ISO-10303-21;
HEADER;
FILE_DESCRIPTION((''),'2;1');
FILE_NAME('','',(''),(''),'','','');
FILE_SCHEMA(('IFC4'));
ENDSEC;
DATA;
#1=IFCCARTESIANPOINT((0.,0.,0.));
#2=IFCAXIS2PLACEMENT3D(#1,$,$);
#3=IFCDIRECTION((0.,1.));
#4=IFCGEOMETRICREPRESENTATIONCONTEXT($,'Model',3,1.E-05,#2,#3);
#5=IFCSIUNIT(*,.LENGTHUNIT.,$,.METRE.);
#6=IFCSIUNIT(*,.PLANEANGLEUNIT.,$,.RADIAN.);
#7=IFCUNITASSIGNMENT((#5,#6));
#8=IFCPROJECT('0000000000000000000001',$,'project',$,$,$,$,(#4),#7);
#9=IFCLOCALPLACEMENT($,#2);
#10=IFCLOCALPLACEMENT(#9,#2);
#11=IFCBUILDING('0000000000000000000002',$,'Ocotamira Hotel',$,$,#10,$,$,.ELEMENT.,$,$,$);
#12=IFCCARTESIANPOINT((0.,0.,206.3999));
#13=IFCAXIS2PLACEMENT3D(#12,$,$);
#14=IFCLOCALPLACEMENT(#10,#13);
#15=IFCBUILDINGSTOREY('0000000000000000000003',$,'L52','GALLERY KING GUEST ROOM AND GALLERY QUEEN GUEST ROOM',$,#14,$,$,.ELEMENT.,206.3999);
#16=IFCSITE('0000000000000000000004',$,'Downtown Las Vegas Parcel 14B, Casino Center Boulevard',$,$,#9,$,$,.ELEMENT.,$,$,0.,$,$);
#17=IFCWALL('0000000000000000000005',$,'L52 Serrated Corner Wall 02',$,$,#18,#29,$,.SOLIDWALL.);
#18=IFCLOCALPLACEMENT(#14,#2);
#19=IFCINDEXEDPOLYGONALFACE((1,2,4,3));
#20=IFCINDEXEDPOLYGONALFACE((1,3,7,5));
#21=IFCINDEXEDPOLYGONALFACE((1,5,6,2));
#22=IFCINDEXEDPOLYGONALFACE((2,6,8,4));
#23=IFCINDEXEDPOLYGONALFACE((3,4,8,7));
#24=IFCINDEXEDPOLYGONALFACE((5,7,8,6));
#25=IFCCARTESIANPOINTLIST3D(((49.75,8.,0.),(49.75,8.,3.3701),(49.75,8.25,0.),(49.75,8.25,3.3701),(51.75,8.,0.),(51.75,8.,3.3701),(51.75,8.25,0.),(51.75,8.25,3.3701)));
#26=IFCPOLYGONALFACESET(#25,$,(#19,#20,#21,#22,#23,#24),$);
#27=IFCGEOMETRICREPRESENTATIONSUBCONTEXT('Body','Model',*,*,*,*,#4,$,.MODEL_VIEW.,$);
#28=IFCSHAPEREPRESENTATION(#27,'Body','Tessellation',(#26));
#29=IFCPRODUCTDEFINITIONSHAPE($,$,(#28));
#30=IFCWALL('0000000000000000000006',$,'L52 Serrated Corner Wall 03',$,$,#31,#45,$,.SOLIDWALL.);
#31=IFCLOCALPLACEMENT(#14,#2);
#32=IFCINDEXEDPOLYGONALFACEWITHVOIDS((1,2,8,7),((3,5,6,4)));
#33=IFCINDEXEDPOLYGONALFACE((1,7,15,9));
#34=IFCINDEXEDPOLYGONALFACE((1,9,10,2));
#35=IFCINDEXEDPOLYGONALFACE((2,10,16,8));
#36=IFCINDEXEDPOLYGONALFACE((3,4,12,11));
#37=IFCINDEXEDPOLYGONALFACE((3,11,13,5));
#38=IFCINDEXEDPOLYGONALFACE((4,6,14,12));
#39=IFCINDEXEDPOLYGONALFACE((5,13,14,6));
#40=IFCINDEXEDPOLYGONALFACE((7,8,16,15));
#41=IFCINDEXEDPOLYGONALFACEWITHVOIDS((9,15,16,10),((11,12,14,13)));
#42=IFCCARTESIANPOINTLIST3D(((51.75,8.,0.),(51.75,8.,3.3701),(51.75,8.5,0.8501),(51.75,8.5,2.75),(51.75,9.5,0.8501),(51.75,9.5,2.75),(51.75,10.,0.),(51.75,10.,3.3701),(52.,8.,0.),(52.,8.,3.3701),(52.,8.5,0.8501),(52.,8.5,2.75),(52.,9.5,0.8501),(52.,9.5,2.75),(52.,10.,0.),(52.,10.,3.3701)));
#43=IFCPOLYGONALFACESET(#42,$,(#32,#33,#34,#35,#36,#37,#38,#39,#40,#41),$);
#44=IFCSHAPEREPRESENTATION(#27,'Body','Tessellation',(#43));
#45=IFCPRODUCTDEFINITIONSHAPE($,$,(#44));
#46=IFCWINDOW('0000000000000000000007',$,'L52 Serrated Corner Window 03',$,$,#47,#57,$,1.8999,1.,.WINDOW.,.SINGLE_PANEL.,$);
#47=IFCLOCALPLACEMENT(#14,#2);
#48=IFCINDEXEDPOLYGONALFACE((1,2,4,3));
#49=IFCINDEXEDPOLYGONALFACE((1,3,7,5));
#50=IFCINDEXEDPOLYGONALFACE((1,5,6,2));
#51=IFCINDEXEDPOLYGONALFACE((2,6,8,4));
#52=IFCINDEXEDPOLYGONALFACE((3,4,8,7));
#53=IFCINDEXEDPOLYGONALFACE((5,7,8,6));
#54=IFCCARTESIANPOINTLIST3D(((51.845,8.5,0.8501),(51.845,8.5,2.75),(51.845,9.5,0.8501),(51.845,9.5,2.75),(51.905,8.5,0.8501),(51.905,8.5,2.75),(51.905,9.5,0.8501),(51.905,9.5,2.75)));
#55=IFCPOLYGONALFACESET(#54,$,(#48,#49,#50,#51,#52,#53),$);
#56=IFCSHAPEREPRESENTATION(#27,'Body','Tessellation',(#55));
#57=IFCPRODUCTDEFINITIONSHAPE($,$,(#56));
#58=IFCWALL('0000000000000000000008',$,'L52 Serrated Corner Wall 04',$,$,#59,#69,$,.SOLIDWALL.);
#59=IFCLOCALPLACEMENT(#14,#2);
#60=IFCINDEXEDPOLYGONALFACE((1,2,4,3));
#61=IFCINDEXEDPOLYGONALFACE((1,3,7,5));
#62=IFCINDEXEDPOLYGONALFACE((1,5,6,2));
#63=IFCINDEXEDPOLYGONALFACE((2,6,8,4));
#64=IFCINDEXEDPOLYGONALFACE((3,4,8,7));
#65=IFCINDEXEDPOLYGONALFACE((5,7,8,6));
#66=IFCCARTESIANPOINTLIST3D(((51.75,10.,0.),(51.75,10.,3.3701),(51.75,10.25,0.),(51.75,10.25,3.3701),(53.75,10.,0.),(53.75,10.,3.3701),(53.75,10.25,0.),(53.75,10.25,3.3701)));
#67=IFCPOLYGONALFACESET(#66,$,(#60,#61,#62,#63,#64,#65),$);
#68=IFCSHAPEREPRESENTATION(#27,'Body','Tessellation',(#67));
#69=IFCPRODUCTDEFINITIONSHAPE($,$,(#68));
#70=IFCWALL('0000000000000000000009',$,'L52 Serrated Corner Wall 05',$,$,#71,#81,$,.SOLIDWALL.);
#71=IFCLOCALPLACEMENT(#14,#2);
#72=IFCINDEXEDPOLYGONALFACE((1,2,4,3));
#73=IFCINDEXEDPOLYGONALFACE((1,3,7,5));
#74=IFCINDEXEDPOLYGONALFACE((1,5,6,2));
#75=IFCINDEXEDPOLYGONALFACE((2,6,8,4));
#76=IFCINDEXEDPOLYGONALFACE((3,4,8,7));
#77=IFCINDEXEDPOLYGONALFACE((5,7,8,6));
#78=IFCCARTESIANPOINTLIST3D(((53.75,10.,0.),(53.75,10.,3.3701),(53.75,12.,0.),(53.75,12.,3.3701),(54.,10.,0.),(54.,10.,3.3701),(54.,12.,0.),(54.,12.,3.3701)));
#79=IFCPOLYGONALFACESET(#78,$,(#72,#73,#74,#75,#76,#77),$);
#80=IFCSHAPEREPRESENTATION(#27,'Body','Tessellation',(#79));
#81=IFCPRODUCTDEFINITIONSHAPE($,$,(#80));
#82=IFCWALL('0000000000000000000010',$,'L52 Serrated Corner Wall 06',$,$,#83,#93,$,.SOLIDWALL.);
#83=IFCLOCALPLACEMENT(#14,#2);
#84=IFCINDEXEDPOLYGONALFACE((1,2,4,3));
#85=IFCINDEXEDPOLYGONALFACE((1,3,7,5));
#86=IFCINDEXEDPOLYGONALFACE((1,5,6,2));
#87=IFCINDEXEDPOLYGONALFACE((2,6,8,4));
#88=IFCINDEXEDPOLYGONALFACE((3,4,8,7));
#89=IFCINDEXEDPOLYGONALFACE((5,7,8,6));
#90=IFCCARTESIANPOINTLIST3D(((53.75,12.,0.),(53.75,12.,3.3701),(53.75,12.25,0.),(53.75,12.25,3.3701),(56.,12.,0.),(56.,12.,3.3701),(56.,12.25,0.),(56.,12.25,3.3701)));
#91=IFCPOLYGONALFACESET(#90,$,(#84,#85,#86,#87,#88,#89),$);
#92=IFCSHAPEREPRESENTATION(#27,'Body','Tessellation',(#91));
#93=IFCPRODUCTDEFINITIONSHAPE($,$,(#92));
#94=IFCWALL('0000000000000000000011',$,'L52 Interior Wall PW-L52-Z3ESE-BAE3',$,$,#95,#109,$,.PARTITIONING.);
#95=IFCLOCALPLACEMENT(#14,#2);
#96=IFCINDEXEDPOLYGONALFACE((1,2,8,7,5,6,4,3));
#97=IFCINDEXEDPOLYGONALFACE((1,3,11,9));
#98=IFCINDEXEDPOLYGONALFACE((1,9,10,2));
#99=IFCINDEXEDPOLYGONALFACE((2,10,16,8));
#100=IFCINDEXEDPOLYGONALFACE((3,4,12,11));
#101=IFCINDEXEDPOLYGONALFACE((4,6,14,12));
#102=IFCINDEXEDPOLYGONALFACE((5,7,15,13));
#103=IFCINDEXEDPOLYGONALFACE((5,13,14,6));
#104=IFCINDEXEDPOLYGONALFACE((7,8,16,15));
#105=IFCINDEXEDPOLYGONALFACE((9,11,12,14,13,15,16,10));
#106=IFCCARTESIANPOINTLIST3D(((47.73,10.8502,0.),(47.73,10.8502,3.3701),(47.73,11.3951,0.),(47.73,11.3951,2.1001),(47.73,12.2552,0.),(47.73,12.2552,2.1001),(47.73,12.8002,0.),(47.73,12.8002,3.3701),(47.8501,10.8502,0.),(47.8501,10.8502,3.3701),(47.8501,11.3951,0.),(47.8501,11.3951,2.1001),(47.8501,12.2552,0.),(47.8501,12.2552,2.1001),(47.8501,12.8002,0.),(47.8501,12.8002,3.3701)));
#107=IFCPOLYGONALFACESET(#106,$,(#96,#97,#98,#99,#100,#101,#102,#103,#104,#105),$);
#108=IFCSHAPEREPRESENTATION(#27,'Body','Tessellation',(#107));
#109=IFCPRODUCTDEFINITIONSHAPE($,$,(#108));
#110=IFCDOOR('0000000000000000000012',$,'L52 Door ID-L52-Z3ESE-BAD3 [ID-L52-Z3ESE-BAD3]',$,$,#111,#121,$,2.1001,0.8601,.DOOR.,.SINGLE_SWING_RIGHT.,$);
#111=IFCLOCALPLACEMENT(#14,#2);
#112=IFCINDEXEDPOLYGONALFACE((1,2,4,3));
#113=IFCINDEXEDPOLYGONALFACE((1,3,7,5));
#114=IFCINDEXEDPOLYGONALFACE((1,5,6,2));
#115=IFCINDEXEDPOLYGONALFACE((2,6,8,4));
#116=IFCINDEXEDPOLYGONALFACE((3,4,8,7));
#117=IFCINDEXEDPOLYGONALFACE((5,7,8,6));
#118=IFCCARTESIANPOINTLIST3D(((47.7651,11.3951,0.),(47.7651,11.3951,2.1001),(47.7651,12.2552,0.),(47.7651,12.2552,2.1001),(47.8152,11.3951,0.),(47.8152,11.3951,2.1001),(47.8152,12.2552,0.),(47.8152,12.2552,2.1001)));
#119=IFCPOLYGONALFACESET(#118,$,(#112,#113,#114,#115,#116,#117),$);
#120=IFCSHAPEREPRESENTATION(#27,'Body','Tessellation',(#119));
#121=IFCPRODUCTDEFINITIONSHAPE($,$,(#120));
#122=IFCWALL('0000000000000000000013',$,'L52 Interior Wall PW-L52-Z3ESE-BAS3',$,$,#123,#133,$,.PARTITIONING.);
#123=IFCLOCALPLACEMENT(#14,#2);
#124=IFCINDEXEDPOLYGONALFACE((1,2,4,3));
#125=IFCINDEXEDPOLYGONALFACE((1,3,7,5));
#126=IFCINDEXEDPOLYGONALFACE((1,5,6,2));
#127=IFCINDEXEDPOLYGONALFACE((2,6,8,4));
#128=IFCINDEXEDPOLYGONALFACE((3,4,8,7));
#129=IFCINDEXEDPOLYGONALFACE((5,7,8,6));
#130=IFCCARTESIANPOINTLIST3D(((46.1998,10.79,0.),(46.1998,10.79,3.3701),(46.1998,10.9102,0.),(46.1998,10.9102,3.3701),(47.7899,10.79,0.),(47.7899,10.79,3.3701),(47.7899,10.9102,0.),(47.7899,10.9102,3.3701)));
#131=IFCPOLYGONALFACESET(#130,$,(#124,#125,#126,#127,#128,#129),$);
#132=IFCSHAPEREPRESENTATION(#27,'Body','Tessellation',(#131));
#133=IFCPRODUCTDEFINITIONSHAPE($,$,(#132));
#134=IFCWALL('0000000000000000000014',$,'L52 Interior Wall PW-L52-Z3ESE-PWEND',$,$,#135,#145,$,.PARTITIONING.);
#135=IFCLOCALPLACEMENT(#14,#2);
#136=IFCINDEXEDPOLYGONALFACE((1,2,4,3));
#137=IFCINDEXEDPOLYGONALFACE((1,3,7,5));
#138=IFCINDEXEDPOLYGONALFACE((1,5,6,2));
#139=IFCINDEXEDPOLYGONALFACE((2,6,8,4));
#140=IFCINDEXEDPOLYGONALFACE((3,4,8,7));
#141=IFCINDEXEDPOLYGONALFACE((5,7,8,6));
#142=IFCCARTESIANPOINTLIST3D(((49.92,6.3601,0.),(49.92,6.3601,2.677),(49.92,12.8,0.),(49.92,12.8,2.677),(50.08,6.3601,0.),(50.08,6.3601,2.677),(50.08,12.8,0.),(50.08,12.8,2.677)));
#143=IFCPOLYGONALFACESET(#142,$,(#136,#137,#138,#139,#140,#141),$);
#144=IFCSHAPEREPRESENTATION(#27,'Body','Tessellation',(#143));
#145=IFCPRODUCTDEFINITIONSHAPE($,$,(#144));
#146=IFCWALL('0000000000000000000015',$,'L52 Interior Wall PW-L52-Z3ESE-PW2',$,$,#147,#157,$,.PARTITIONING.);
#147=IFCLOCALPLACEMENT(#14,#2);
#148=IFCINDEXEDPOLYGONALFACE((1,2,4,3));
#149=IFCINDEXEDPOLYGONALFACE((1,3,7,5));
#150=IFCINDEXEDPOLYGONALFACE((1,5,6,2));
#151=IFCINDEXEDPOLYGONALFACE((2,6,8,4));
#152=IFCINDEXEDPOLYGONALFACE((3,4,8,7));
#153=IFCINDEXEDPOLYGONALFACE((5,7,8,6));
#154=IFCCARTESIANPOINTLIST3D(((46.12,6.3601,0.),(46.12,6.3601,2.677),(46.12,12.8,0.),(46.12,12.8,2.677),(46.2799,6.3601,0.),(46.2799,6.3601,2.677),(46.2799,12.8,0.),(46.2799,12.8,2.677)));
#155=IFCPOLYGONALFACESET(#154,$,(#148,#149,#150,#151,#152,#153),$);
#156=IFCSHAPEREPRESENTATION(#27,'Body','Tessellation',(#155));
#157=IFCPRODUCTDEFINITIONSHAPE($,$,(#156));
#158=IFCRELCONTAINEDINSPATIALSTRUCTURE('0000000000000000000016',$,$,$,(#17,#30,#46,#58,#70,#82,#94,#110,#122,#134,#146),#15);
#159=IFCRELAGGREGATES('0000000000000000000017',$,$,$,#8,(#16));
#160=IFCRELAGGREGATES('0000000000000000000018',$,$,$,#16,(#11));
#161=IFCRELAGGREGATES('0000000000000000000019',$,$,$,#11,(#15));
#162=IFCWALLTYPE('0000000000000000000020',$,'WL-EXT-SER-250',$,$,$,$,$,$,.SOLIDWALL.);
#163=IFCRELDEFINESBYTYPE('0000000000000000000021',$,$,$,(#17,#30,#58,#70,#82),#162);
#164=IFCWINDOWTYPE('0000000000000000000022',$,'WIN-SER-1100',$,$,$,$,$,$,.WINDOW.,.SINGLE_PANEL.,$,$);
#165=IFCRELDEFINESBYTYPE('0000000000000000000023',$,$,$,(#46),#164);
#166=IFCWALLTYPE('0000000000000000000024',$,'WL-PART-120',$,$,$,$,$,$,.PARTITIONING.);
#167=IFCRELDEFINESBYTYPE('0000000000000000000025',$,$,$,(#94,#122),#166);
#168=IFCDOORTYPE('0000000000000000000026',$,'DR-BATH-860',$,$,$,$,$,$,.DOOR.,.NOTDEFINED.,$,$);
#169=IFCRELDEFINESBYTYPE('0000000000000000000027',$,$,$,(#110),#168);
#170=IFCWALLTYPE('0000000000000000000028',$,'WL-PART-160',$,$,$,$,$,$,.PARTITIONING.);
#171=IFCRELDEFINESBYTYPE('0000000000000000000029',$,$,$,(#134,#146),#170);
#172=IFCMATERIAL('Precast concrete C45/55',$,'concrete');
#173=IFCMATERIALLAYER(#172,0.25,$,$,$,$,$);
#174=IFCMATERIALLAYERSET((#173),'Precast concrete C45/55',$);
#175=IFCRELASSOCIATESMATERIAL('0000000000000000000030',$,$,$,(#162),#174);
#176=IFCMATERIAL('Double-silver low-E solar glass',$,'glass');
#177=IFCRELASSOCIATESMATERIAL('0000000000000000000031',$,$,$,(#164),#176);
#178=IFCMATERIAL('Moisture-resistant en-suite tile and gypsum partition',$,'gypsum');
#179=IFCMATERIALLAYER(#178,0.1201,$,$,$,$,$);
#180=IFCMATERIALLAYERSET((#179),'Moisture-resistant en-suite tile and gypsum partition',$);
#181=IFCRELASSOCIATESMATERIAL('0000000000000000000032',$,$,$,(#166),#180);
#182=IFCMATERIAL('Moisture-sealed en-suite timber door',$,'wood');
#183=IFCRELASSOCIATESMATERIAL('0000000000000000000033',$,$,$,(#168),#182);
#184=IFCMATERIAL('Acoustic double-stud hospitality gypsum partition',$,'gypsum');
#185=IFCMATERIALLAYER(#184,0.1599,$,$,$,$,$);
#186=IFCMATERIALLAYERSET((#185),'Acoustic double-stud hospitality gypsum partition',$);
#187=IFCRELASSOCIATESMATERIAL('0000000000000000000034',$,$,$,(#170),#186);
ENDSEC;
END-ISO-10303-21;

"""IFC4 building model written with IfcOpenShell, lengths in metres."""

from ifc_helpers import new_model, si_unit, direction, frame, frame_2d, origin, place, context, subcontext, project, spatial, rectangle, extrude, source, transform, mapped, material, layer, layer_set, type_object, element, fill, save


model = new_model("IFC4")

# Units and contexts
model_context = context("Model", 3, precision=1e-05, world=origin(), true_north=direction((0.0, 1.0)))
body_context = subcontext(model_context, "Body", "Model", "MODEL_VIEW")
ifc_project = project(units=[si_unit("LENGTHUNIT", "METRE"), si_unit("PLANEANGLEUNIT", "RADIAN")], contexts=[model_context])

# Site, building, storey
site_placement = place(None, origin())
site = spatial("IfcSite", under=ifc_project, at=site_placement, Name="Downtown Las Vegas Parcel 14B, Casino Center Boulevard", CompositionType="ELEMENT", RefElevation=0.0)
building_placement = place(site_placement, origin())
building = spatial("IfcBuilding", under=site, at=building_placement, Name="Ocotamira Hotel", CompositionType="ELEMENT")
storey_placement = place(building_placement, frame((0.0, 0.0, 206.3999)))
storey = spatial("IfcBuildingStorey", under=building, at=storey_placement, Name="L52", Description="GALLERY KING GUEST ROOM AND GALLERY QUEEN GUEST ROOM", CompositionType="ELEMENT", Elevation=206.3999)

# Wall
ifc_material_1 = material(Name="Precast concrete C45/55", Category="concrete")
ifc_layer_1 = layer(ifc_material_1, 0.25)
ifc_layer_set_1 = layer_set([ifc_layer_1], Name="Precast concrete C45/55")
wall_type_1 = type_object("IfcWallType", Name="WL-EXT-SER-250", PredefinedType="SOLIDWALL", material=ifc_layer_set_1)
wall_1_placement = place(storey_placement, frame((49.75, 8.125, 0.0), z_axis=(0.0, 0.0, 1.0), x_axis=(1.0, 0.0, 0.0)))
element("IfcWall", 1, at=wall_1_placement, inside=storey, type_object=wall_type_1, Name="L52 Serrated Corner Wall 02", PredefinedType="SOLIDWALL", context=body_context, shape_type="SweptSolid", body=[
    extrude(rectangle(XDim=2.0, YDim=0.25, at=frame_2d((1.0, 0.0))), origin(), (0.0, 0.0, 1.0), 3.3701),
])

# Wall, opening, window
wall_2_placement = place(storey_placement, frame((51.875, 8.0, 0.0), z_axis=(0.0, 0.0, 1.0), x_axis=(0.0, 1.0, 0.0)))
wall_2 = element("IfcWall", 2, at=wall_2_placement, inside=storey, type_object=wall_type_1, Name="L52 Serrated Corner Wall 03", PredefinedType="SOLIDWALL", context=body_context, shape_type="SweptSolid", body=[
    extrude(rectangle(XDim=2.0, YDim=0.25, at=frame_2d((1.0, 0.0))), origin(), (0.0, 0.0, 1.0), 3.3701),
])
opening_1_placement = place(wall_2_placement, frame((0.5, 0.0, 0.8501)))
opening_1 = element("IfcOpeningElement", 3, at=opening_1_placement, cuts=wall_2, PredefinedType="OPENING", context=body_context, shape_type="SweptSolid", body=[
    extrude(rectangle(XDim=1.0, YDim=1.8999, at=frame_2d((0.5, 0.95))), frame((0.0, 0.135, 0.0), z_axis=(0.0, -1.0, 0.0), x_axis=(1.0, 0.0, 0.0)), (0.0, 0.0, 1.0), 0.27),
])
ifc_material_2 = material(Name="Double-silver low-E solar glass", Category="glass")
window_type = type_object("IfcWindowType", Name="WIN-SER-1100", PartitioningType="SINGLE_PANEL", PredefinedType="WINDOW", material=ifc_material_2)
shared_shape_1 = source(origin(), body_context, "Body", "SweptSolid", [
    extrude(rectangle(XDim=1.0, YDim=1.8999, at=frame_2d((0.5, 0.95))), frame((0.0, 0.03, 0.0), z_axis=(0.0, -1.0, 0.0), x_axis=(1.0, 0.0, 0.0)), (0.0, 0.0, 1.0), 0.0601),
])
window_placement = place(opening_1_placement, origin())
window = element("IfcWindow", 4, at=window_placement, inside=storey, type_object=window_type, Name="L52 Serrated Corner Window 03", OverallHeight=1.8999, OverallWidth=1.0, PartitioningType="SINGLE_PANEL", PredefinedType="WINDOW", context=body_context, shape_type="MappedRepresentation", body=[
    mapped(shared_shape_1, transform((0.0, 0.0, 0.0), scale=1.0)),
])
fill(opening_1, window)

# Walls
for number, where, z_axis, x_axis, name in (
    (5, (51.75, 10.125, 0.0), (0.0, 0.0, 1.0), (1.0, 0.0, 0.0), "L52 Serrated Corner Wall 04"),
    (6, (53.875, 10.0, 0.0), (0.0, 0.0, 1.0), (0.0, 1.0, 0.0), "L52 Serrated Corner Wall 05"),
):
    element("IfcWall", number, at=place(storey_placement, frame(where, z_axis=z_axis, x_axis=x_axis)), inside=storey, type_object=wall_type_1, Name=name, PredefinedType="SOLIDWALL", context=body_context, shape_type="SweptSolid", body=[
        extrude(rectangle(XDim=2.0, YDim=0.25, at=frame_2d((1.0, 0.0))), origin(), (0.0, 0.0, 1.0), 3.3701),
    ])
wall_3_placement = place(storey_placement, frame((53.75, 12.125, 0.0), z_axis=(0.0, 0.0, 1.0), x_axis=(1.0, 0.0, 0.0)))
element("IfcWall", 7, at=wall_3_placement, inside=storey, type_object=wall_type_1, Name="L52 Serrated Corner Wall 06", PredefinedType="SOLIDWALL", context=body_context, shape_type="SweptSolid", body=[
    extrude(rectangle(XDim=2.25, YDim=0.25, at=frame_2d((1.125, 0.0))), origin(), (0.0, 0.0, 1.0), 3.3701),
])

# Wall, opening, door
ifc_material_3 = material(Name="Moisture-resistant en-suite tile and gypsum partition", Category="gypsum")
ifc_layer_2 = layer(ifc_material_3, 0.1201)
ifc_layer_set_2 = layer_set([ifc_layer_2], Name="Moisture-resistant en-suite tile and gypsum partition")
wall_type_2 = type_object("IfcWallType", Name="WL-PART-120", PredefinedType="PARTITIONING", material=ifc_layer_set_2)
wall_4_placement = place(storey_placement, frame((47.79, 10.8501, 0.0), z_axis=(0.0, 0.0, 1.0), x_axis=(0.0, 1.0, 0.0)))
wall_4 = element("IfcWall", 8, at=wall_4_placement, inside=storey, type_object=wall_type_2, Name="L52 Interior Wall PW-L52-Z3ESE-BAE3", PredefinedType="PARTITIONING", context=body_context, shape_type="SweptSolid", body=[
    extrude(rectangle(XDim=1.95, YDim=0.1201, at=frame_2d((0.9751, 0.0))), origin(), (0.0, 0.0, 1.0), 3.3701),
])
opening_2_placement = place(wall_4_placement, frame((0.5449, 0.0, 0.0)))
opening_2 = element("IfcOpeningElement", 9, at=opening_2_placement, cuts=wall_4, PredefinedType="OPENING", context=body_context, shape_type="SweptSolid", body=[
    extrude(rectangle(XDim=0.8601, YDim=2.1001, at=frame_2d((0.4302, 1.05))), frame((0.0, 0.0701, 0.0), z_axis=(0.0, -1.0, 0.0), x_axis=(1.0, 0.0, 0.0)), (0.0, 0.0, 1.0), 0.1401),
])
ifc_material_4 = material(Name="Moisture-sealed en-suite timber door", Category="wood")
door_type_1 = type_object("IfcDoorType", Name="DR-BATH-860", OperationType="NOTDEFINED", PredefinedType="DOOR", material=ifc_material_4)
shared_shape_2 = source(origin(), body_context, "Body", "SweptSolid", [
    extrude(rectangle(XDim=0.8601, YDim=2.1001, at=frame_2d((0.4302, 1.05))), frame((0.0, 0.0249, 0.0), z_axis=(0.0, -1.0, 0.0), x_axis=(1.0, 0.0, 0.0)), (0.0, 0.0, 1.0), 0.05),
])
door_1_placement = place(opening_2_placement, origin())
door_1 = element("IfcDoor", 10, at=door_1_placement, inside=storey, type_object=door_type_1, Name="L52 Door ID-L52-Z3ESE-BAD3 [ID-L52-Z3ESE-BAD3]", OperationType="SINGLE_SWING_RIGHT", OverallHeight=2.1001, OverallWidth=0.8601, PredefinedType="DOOR", context=body_context, shape_type="MappedRepresentation", body=[
    mapped(shared_shape_2, transform((0.0, 0.0, 0.0), scale=1.0)),
])
fill(opening_2, door_1)

# Walls
wall_5_placement = place(storey_placement, frame((46.2, 10.8501, 0.0), z_axis=(0.0, 0.0, 1.0), x_axis=(1.0, 0.0, 0.0)))
element("IfcWall", 11, at=wall_5_placement, inside=storey, type_object=wall_type_2, Name="L52 Interior Wall PW-L52-Z3ESE-BAS3", PredefinedType="PARTITIONING", context=body_context, shape_type="SweptSolid", body=[
    extrude(rectangle(XDim=1.5901, YDim=0.1201, at=frame_2d((0.7949, 0.0))), origin(), (0.0, 0.0, 1.0), 3.3701),
])
ifc_material_5 = material(Name="Acoustic double-stud hospitality gypsum partition", Category="gypsum")
ifc_layer_3 = layer(ifc_material_5, 0.1599)
ifc_layer_set_3 = layer_set([ifc_layer_3], Name="Acoustic double-stud hospitality gypsum partition")
wall_type_3 = type_object("IfcWallType", Name="WL-PART-160", PredefinedType="PARTITIONING", material=ifc_layer_set_3)
for number, where, z_axis, x_axis, name in (
    (12, (50.0, 6.3601, 0.0), (0.0, 0.0, 1.0), (0.0, 1.0, 0.0), "L52 Interior Wall PW-L52-Z3ESE-PWEND"),
    (13, (46.2, 6.3601, 0.0), (0.0, 0.0, 1.0), (0.0, 1.0, 0.0), "L52 Interior Wall PW-L52-Z3ESE-PW2"),
):
    element("IfcWall", number, at=place(storey_placement, frame(where, z_axis=z_axis, x_axis=x_axis)), inside=storey, type_object=wall_type_3, Name=name, PredefinedType="PARTITIONING", context=body_context, shape_type="SweptSolid", body=[
        extrude(rectangle(XDim=6.4399, YDim=0.1599, at=frame_2d((3.22, 0.0))), origin(), (0.0, 0.0, 1.0), 2.677),
    ])

save(model, "model.ifc")
